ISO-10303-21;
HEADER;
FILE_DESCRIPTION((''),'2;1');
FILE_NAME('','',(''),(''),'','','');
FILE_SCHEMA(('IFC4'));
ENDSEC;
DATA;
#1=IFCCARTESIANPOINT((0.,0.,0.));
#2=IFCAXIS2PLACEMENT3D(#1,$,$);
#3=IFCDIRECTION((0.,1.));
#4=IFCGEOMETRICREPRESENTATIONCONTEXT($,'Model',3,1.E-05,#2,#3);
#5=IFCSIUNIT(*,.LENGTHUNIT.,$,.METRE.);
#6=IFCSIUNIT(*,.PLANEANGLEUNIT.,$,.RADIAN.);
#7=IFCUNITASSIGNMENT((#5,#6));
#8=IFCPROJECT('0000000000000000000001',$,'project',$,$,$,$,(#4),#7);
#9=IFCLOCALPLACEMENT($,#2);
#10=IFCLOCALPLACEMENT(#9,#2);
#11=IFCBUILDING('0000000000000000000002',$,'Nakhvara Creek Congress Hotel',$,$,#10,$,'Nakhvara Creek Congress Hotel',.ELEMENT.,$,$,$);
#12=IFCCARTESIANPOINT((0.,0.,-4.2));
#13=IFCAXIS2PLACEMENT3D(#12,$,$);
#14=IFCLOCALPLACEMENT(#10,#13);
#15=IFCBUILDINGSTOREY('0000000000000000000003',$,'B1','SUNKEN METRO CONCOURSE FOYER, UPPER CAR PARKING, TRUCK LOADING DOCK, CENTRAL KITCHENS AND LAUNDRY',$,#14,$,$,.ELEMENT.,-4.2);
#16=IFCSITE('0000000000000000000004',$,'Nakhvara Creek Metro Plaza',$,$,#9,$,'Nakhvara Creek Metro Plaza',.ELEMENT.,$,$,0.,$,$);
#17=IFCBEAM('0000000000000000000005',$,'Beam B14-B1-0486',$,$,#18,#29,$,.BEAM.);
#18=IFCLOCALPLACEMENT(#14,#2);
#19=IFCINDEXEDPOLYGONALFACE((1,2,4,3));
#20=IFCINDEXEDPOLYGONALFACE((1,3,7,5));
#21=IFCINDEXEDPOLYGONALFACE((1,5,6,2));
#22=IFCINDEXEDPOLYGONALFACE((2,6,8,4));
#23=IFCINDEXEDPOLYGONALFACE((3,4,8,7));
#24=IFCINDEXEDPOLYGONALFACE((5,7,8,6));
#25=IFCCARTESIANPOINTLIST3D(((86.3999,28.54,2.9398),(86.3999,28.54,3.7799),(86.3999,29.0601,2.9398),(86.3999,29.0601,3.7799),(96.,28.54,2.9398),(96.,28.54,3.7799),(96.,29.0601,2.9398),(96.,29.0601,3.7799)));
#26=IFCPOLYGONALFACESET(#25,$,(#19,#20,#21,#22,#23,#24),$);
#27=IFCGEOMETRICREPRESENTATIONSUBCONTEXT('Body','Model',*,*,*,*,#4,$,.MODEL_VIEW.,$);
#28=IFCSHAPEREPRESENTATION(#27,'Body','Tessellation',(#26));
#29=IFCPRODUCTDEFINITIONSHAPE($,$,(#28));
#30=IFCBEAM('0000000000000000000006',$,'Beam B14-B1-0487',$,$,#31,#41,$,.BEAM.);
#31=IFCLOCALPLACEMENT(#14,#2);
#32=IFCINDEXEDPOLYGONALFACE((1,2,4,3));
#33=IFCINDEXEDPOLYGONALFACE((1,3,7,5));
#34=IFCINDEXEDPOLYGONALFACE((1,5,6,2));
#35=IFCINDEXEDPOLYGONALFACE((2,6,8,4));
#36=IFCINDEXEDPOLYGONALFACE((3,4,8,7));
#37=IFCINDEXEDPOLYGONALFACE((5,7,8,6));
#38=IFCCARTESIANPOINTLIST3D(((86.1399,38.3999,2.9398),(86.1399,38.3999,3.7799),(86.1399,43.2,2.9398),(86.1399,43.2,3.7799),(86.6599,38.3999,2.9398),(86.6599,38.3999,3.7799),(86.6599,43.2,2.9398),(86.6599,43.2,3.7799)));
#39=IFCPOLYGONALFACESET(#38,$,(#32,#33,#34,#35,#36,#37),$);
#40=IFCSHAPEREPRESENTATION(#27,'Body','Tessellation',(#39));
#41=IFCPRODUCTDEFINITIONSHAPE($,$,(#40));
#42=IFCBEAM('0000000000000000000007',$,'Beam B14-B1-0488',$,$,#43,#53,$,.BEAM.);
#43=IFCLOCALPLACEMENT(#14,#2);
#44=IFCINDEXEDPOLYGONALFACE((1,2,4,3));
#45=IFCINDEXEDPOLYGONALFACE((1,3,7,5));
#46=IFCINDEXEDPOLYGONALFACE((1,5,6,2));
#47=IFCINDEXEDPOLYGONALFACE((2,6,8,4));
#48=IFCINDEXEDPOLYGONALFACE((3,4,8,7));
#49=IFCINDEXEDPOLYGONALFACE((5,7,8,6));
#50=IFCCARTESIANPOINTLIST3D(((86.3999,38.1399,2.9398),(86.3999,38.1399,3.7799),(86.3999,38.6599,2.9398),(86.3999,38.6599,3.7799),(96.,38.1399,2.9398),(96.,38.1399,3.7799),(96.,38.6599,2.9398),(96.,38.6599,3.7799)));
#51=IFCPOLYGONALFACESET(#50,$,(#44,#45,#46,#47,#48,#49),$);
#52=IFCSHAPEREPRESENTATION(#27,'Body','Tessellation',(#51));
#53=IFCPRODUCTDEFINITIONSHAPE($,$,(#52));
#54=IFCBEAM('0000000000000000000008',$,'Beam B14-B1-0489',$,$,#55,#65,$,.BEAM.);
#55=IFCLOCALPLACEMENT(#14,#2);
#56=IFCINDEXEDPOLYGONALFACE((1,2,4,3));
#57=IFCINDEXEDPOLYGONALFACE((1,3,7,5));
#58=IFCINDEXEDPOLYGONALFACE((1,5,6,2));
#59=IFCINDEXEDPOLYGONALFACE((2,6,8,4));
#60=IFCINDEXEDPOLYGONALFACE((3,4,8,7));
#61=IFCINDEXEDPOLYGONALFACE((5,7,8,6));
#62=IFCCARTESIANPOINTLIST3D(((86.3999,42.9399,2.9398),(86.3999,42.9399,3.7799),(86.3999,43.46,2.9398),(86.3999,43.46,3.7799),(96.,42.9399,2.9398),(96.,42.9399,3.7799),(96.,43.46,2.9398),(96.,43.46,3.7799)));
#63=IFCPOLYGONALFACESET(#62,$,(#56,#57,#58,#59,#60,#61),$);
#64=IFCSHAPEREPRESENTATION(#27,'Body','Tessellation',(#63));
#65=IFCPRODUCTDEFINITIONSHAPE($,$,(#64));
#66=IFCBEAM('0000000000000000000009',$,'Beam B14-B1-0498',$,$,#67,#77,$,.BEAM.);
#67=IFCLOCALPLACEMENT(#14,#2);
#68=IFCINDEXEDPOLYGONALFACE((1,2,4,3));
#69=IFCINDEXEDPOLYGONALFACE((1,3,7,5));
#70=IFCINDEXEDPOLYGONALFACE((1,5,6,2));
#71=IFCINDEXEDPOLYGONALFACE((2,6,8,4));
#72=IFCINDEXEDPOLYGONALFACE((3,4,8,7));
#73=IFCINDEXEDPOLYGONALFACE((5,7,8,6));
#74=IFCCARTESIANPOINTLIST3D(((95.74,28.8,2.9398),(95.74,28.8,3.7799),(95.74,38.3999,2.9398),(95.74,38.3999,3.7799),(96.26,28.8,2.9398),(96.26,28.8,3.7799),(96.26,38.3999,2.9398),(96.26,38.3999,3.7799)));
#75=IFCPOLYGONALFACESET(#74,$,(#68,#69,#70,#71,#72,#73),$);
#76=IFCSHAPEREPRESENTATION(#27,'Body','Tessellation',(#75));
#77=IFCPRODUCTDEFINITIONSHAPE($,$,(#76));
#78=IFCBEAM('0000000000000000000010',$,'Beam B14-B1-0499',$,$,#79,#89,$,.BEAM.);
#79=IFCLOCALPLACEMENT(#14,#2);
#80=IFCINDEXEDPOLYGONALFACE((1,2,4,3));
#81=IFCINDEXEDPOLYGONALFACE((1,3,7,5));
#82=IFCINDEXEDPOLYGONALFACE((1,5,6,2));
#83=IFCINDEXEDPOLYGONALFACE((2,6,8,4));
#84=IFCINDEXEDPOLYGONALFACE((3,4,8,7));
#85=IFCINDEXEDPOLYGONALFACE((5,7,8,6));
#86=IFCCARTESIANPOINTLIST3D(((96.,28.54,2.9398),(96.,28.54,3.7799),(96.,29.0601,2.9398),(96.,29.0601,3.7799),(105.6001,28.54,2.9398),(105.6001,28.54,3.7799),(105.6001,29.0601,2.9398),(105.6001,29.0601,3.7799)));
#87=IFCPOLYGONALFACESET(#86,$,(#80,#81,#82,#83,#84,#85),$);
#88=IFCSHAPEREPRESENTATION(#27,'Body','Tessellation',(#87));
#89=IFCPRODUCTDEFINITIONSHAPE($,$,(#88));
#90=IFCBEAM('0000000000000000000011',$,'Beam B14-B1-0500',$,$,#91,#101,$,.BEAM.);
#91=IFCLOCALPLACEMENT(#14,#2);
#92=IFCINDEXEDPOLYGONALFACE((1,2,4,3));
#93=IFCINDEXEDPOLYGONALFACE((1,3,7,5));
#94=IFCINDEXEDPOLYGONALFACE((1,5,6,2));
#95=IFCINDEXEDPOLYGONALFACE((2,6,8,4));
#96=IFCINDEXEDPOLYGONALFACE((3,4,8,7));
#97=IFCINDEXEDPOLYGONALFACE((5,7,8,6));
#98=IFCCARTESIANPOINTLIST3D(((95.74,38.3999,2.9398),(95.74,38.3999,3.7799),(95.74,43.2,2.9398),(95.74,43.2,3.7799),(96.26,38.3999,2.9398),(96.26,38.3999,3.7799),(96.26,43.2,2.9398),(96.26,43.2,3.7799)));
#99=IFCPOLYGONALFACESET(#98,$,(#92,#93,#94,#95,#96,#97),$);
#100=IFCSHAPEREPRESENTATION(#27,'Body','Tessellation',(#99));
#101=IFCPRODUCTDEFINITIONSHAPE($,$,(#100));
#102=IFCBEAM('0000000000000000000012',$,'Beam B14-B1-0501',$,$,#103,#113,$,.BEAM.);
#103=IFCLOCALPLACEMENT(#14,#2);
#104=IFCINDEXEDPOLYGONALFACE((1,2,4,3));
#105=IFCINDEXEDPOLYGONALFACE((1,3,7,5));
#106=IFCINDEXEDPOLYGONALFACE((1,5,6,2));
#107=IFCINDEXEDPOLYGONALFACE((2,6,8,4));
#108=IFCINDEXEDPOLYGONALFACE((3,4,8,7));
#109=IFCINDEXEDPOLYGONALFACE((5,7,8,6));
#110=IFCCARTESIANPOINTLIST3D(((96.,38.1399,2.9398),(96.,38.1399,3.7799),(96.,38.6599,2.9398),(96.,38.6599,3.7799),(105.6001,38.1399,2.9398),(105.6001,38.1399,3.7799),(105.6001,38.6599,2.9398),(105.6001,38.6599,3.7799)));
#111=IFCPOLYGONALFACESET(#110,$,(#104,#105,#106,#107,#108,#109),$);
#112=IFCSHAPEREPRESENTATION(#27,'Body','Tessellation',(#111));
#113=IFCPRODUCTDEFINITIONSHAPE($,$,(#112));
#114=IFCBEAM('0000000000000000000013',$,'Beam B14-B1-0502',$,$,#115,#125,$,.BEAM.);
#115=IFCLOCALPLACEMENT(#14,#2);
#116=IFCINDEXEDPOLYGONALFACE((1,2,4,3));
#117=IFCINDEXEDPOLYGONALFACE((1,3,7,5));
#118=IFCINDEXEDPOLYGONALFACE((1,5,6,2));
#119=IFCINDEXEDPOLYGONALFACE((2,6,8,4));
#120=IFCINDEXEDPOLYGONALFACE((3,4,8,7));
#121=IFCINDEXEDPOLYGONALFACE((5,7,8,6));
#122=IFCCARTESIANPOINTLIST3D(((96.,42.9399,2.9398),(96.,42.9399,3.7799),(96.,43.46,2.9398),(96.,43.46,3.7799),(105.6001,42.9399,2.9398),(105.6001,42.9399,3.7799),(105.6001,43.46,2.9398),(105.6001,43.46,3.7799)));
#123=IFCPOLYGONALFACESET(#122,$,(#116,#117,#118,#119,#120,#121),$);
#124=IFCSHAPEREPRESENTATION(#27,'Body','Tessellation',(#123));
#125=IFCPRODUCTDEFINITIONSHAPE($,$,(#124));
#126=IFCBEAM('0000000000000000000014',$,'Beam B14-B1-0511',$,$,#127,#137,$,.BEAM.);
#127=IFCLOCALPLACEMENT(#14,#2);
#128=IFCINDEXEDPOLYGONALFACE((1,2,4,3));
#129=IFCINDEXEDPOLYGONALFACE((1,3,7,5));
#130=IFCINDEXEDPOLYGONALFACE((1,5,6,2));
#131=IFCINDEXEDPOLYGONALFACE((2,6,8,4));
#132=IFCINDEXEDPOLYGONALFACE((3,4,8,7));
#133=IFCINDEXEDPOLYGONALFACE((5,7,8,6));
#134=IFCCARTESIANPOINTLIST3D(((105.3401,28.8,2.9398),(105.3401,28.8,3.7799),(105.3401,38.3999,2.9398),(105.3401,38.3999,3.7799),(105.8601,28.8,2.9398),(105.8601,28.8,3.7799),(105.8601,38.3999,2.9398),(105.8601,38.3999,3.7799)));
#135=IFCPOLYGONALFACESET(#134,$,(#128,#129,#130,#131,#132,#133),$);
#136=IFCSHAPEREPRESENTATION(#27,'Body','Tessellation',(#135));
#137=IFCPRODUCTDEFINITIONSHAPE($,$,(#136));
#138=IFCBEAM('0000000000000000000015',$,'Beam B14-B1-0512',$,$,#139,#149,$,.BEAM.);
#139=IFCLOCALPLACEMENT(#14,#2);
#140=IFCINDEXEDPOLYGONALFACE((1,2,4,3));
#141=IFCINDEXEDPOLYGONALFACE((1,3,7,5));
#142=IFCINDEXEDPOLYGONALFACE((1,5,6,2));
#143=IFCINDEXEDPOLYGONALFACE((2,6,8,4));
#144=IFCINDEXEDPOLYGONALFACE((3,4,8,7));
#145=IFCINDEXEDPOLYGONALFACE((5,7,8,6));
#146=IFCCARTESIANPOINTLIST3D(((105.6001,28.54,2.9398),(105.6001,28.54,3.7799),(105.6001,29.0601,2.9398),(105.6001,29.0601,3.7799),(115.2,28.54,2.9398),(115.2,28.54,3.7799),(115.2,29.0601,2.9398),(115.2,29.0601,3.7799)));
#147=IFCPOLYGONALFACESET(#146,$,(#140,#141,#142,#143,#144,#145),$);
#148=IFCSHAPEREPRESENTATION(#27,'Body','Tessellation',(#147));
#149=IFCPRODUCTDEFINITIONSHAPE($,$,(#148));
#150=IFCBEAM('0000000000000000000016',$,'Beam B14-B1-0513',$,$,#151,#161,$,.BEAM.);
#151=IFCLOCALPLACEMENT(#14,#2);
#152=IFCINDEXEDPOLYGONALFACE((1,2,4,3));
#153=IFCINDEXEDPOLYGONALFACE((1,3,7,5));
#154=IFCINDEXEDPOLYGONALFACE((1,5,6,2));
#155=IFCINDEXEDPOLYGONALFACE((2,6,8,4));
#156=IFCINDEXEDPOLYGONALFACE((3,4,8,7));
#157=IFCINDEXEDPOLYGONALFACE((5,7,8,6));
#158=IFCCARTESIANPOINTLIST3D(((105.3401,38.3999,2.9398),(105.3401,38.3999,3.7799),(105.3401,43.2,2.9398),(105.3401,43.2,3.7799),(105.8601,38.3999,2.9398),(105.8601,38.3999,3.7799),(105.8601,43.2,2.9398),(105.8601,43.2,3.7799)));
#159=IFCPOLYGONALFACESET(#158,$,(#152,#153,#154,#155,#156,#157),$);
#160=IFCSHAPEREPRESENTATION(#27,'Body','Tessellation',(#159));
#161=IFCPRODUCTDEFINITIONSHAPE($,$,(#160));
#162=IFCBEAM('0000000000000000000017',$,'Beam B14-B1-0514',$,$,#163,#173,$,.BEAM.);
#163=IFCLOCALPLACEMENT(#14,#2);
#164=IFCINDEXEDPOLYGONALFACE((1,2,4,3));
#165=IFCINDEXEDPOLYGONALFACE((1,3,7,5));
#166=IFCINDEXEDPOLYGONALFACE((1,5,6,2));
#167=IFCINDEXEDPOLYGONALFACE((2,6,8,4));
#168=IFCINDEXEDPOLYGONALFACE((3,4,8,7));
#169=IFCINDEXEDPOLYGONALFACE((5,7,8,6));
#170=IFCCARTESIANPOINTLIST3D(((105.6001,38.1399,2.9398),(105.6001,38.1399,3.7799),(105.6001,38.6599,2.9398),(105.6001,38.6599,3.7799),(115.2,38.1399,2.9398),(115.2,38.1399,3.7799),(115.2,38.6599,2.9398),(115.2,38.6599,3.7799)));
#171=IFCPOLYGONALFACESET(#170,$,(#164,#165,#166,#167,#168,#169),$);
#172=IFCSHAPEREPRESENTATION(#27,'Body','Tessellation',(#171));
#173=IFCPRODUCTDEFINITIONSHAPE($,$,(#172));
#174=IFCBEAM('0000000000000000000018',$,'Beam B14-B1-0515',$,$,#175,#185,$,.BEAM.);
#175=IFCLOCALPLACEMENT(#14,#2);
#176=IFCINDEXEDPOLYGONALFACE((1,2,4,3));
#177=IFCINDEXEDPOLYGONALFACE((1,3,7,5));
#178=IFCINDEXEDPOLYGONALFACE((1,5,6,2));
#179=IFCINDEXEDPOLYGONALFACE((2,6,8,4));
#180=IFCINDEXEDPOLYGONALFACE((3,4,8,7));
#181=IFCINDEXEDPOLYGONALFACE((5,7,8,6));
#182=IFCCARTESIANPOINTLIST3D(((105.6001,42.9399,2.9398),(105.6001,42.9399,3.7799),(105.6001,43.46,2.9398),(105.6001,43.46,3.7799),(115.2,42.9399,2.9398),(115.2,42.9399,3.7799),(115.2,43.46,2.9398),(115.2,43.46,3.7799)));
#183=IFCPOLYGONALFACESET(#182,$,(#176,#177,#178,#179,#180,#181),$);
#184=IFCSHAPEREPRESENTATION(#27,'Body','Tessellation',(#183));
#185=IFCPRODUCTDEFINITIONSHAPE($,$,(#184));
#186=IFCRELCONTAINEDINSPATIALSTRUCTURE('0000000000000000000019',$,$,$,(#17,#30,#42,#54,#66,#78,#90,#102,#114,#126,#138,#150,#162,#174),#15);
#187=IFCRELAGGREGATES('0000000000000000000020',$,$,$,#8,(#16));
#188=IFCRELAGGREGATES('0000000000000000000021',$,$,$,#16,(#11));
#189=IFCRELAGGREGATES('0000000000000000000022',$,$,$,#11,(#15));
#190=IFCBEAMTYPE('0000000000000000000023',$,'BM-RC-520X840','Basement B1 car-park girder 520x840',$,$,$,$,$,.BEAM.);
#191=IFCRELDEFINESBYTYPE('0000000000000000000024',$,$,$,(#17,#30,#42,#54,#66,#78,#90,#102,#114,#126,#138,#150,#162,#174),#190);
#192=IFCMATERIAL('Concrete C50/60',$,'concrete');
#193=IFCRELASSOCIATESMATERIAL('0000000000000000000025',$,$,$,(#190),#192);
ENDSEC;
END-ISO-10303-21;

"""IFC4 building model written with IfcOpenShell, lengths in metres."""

from ifc_helpers import new_model, si_unit, direction, frame, origin, origin_2d, place, context, subcontext, project, spatial, rectangle, extrude, material, material_profile, profile_set, type_object, element, save


model = new_model("IFC4")

# Units and contexts
model_context = context("Model", 3, precision=1e-05, world=origin(), true_north=direction((0.0, 1.0)))
body_context = subcontext(model_context, "Body", "Model", "MODEL_VIEW")
ifc_project = project(units=[si_unit("LENGTHUNIT", "METRE"), si_unit("PLANEANGLEUNIT", "RADIAN")], contexts=[model_context])

# Site, building, storey
site_placement = place(None, origin())
site = spatial("IfcSite", under=ifc_project, at=site_placement, Name="Nakhvara Creek Metro Plaza", LongName="Nakhvara Creek Metro Plaza", CompositionType="ELEMENT", RefElevation=0.0)
building_placement = place(site_placement, origin())
building = spatial("IfcBuilding", under=site, at=building_placement, Name="Nakhvara Creek Congress Hotel", LongName="Nakhvara Creek Congress Hotel", CompositionType="ELEMENT")
storey_placement = place(building_placement, frame((0.0, 0.0, -4.2)))
storey = spatial("IfcBuildingStorey", under=building, at=storey_placement, Name="B1", Description="SUNKEN METRO CONCOURSE FOYER, UPPER CAR PARKING, TRUCK LOADING DOCK, CENTRAL KITCHENS AND LAUNDRY", CompositionType="ELEMENT", Elevation=-4.2)

# Shared definitions
ifc_material_1 = material(Name="Concrete C50/60", Category="concrete")

# Beams
ifc_material_profile_1 = material_profile(ifc_material_1, rectangle(XDim=0.52, YDim=0.8401, at=origin_2d()), Name="RC-BM 520x840", Category="LoadBearing")
ifc_profile_set_1 = profile_set([ifc_material_profile_1], Name="Concrete C50/60")
beam_type_1 = type_object("IfcBeamType", Name="BM-RC-520X840", Description="Basement B1 car-park girder 520x840", PredefinedType="BEAM", material=ifc_profile_set_1)
beam_1_placement = place(storey_placement, frame((86.3999, 28.8, 3.3599), z_axis=(1.0, 0.0, 0.0), x_axis=(0.0, 1.0, 0.0)))
element("IfcBeam", 1, at=beam_1_placement, inside=storey, type_object=beam_type_1, Name="Beam B14-B1-0486", PredefinedType="BEAM", context=body_context, shape_type="SweptSolid", body=[
    extrude(rectangle(XDim=0.52, YDim=0.8401, at=origin_2d()), origin(), (0.0, 0.0, 1.0), 9.6001),
])
beam_2_placement = place(storey_placement, frame((86.3999, 38.3999, 3.3599), z_axis=(0.0, 1.0, 0.0), x_axis=(-1.0, 0.0, 0.0)))
element("IfcBeam", 2, at=beam_2_placement, inside=storey, type_object=beam_type_1, Name="Beam B14-B1-0487", PredefinedType="BEAM", context=body_context, shape_type="SweptSolid", body=[
    extrude(rectangle(XDim=0.52, YDim=0.8401, at=origin_2d()), origin(), (0.0, 0.0, 1.0), 4.8),
])
for number, where, z_axis, x_axis, name in (
    (3, (86.3999, 38.3999, 3.3599), (1.0, 0.0, 0.0), (0.0, 1.0, 0.0), "Beam B14-B1-0488"),
    (4, (86.3999, 43.2, 3.3599), (1.0, 0.0, 0.0), (0.0, 1.0, 0.0), "Beam B14-B1-0489"),
):
    element("IfcBeam", number, at=place(storey_placement, frame(where, z_axis=z_axis, x_axis=x_axis)), inside=storey, type_object=beam_type_1, Name=name, PredefinedType="BEAM", context=body_context, shape_type="SweptSolid", body=[
        extrude(rectangle(XDim=0.52, YDim=0.8401, at=origin_2d()), origin(), (0.0, 0.0, 1.0), 9.6001),
    ])
beam_3_placement = place(storey_placement, frame((96.0, 28.8, 3.3599), z_axis=(0.0, 1.0, 0.0), x_axis=(-1.0, 0.0, 0.0)))
element("IfcBeam", 5, at=beam_3_placement, inside=storey, type_object=beam_type_1, Name="Beam B14-B1-0498", PredefinedType="BEAM", context=body_context, shape_type="SweptSolid", body=[
    extrude(rectangle(XDim=0.52, YDim=0.8401, at=origin_2d()), origin(), (0.0, 0.0, 1.0), 9.5999),
])
beam_4_placement = place(storey_placement, frame((96.0, 28.8, 3.3599), z_axis=(1.0, 0.0, 0.0), x_axis=(0.0, 1.0, 0.0)))
element("IfcBeam", 6, at=beam_4_placement, inside=storey, type_object=beam_type_1, Name="Beam B14-B1-0499", PredefinedType="BEAM", context=body_context, shape_type="SweptSolid", body=[
    extrude(rectangle(XDim=0.52, YDim=0.8401, at=origin_2d()), origin(), (0.0, 0.0, 1.0), 9.6001),
])
beam_5_placement = place(storey_placement, frame((96.0, 38.3999, 3.3599), z_axis=(0.0, 1.0, 0.0), x_axis=(-1.0, 0.0, 0.0)))
element("IfcBeam", 7, at=beam_5_placement, inside=storey, type_object=beam_type_1, Name="Beam B14-B1-0500", PredefinedType="BEAM", context=body_context, shape_type="SweptSolid", body=[
    extrude(rectangle(XDim=0.52, YDim=0.8401, at=origin_2d()), origin(), (0.0, 0.0, 1.0), 4.8),
])
for number, where, z_axis, x_axis, name in (
    (8, (96.0, 38.3999, 3.3599), (1.0, 0.0, 0.0), (0.0, 1.0, 0.0), "Beam B14-B1-0501"),
    (9, (96.0, 43.2, 3.3599), (1.0, 0.0, 0.0), (0.0, 1.0, 0.0), "Beam B14-B1-0502"),
):
    element("IfcBeam", number, at=place(storey_placement, frame(where, z_axis=z_axis, x_axis=x_axis)), inside=storey, type_object=beam_type_1, Name=name, PredefinedType="BEAM", context=body_context, shape_type="SweptSolid", body=[
        extrude(rectangle(XDim=0.52, YDim=0.8401, at=origin_2d()), origin(), (0.0, 0.0, 1.0), 9.6001),
    ])
for number, where, z_axis, x_axis, name in (
    (10, (105.6001, 28.8, 3.3599), (0.0, 1.0, 0.0), (-1.0, 0.0, 0.0), "Beam B14-B1-0511"),
    (11, (105.6001, 28.8, 3.3599), (1.0, 0.0, 0.0), (0.0, 1.0, 0.0), "Beam B14-B1-0512"),
):
    element("IfcBeam", number, at=place(storey_placement, frame(where, z_axis=z_axis, x_axis=x_axis)), inside=storey, type_object=beam_type_1, Name=name, PredefinedType="BEAM", context=body_context, shape_type="SweptSolid", body=[
        extrude(rectangle(XDim=0.52, YDim=0.8401, at=origin_2d()), origin(), (0.0, 0.0, 1.0), 9.5999),
    ])
beam_6_placement = place(storey_placement, frame((105.6001, 38.3999, 3.3599), z_axis=(0.0, 1.0, 0.0), x_axis=(-1.0, 0.0, 0.0)))
element("IfcBeam", 12, at=beam_6_placement, inside=storey, type_object=beam_type_1, Name="Beam B14-B1-0513", PredefinedType="BEAM", context=body_context, shape_type="SweptSolid", body=[
    extrude(rectangle(XDim=0.52, YDim=0.8401, at=origin_2d()), origin(), (0.0, 0.0, 1.0), 4.8),
])
for number, where, z_axis, x_axis, name in (
    (13, (105.6001, 38.3999, 3.3599), (1.0, 0.0, 0.0), (0.0, 1.0, 0.0), "Beam B14-B1-0514"),
    (14, (105.6001, 43.2, 3.3599), (1.0, 0.0, 0.0), (0.0, 1.0, 0.0), "Beam B14-B1-0515"),
):
    element("IfcBeam", number, at=place(storey_placement, frame(where, z_axis=z_axis, x_axis=x_axis)), inside=storey, type_object=beam_type_1, Name=name, PredefinedType="BEAM", context=body_context, shape_type="SweptSolid", body=[
        extrude(rectangle(XDim=0.52, YDim=0.8401, at=origin_2d()), origin(), (0.0, 0.0, 1.0), 9.5999),
    ])

save(model, "model.ifc")
